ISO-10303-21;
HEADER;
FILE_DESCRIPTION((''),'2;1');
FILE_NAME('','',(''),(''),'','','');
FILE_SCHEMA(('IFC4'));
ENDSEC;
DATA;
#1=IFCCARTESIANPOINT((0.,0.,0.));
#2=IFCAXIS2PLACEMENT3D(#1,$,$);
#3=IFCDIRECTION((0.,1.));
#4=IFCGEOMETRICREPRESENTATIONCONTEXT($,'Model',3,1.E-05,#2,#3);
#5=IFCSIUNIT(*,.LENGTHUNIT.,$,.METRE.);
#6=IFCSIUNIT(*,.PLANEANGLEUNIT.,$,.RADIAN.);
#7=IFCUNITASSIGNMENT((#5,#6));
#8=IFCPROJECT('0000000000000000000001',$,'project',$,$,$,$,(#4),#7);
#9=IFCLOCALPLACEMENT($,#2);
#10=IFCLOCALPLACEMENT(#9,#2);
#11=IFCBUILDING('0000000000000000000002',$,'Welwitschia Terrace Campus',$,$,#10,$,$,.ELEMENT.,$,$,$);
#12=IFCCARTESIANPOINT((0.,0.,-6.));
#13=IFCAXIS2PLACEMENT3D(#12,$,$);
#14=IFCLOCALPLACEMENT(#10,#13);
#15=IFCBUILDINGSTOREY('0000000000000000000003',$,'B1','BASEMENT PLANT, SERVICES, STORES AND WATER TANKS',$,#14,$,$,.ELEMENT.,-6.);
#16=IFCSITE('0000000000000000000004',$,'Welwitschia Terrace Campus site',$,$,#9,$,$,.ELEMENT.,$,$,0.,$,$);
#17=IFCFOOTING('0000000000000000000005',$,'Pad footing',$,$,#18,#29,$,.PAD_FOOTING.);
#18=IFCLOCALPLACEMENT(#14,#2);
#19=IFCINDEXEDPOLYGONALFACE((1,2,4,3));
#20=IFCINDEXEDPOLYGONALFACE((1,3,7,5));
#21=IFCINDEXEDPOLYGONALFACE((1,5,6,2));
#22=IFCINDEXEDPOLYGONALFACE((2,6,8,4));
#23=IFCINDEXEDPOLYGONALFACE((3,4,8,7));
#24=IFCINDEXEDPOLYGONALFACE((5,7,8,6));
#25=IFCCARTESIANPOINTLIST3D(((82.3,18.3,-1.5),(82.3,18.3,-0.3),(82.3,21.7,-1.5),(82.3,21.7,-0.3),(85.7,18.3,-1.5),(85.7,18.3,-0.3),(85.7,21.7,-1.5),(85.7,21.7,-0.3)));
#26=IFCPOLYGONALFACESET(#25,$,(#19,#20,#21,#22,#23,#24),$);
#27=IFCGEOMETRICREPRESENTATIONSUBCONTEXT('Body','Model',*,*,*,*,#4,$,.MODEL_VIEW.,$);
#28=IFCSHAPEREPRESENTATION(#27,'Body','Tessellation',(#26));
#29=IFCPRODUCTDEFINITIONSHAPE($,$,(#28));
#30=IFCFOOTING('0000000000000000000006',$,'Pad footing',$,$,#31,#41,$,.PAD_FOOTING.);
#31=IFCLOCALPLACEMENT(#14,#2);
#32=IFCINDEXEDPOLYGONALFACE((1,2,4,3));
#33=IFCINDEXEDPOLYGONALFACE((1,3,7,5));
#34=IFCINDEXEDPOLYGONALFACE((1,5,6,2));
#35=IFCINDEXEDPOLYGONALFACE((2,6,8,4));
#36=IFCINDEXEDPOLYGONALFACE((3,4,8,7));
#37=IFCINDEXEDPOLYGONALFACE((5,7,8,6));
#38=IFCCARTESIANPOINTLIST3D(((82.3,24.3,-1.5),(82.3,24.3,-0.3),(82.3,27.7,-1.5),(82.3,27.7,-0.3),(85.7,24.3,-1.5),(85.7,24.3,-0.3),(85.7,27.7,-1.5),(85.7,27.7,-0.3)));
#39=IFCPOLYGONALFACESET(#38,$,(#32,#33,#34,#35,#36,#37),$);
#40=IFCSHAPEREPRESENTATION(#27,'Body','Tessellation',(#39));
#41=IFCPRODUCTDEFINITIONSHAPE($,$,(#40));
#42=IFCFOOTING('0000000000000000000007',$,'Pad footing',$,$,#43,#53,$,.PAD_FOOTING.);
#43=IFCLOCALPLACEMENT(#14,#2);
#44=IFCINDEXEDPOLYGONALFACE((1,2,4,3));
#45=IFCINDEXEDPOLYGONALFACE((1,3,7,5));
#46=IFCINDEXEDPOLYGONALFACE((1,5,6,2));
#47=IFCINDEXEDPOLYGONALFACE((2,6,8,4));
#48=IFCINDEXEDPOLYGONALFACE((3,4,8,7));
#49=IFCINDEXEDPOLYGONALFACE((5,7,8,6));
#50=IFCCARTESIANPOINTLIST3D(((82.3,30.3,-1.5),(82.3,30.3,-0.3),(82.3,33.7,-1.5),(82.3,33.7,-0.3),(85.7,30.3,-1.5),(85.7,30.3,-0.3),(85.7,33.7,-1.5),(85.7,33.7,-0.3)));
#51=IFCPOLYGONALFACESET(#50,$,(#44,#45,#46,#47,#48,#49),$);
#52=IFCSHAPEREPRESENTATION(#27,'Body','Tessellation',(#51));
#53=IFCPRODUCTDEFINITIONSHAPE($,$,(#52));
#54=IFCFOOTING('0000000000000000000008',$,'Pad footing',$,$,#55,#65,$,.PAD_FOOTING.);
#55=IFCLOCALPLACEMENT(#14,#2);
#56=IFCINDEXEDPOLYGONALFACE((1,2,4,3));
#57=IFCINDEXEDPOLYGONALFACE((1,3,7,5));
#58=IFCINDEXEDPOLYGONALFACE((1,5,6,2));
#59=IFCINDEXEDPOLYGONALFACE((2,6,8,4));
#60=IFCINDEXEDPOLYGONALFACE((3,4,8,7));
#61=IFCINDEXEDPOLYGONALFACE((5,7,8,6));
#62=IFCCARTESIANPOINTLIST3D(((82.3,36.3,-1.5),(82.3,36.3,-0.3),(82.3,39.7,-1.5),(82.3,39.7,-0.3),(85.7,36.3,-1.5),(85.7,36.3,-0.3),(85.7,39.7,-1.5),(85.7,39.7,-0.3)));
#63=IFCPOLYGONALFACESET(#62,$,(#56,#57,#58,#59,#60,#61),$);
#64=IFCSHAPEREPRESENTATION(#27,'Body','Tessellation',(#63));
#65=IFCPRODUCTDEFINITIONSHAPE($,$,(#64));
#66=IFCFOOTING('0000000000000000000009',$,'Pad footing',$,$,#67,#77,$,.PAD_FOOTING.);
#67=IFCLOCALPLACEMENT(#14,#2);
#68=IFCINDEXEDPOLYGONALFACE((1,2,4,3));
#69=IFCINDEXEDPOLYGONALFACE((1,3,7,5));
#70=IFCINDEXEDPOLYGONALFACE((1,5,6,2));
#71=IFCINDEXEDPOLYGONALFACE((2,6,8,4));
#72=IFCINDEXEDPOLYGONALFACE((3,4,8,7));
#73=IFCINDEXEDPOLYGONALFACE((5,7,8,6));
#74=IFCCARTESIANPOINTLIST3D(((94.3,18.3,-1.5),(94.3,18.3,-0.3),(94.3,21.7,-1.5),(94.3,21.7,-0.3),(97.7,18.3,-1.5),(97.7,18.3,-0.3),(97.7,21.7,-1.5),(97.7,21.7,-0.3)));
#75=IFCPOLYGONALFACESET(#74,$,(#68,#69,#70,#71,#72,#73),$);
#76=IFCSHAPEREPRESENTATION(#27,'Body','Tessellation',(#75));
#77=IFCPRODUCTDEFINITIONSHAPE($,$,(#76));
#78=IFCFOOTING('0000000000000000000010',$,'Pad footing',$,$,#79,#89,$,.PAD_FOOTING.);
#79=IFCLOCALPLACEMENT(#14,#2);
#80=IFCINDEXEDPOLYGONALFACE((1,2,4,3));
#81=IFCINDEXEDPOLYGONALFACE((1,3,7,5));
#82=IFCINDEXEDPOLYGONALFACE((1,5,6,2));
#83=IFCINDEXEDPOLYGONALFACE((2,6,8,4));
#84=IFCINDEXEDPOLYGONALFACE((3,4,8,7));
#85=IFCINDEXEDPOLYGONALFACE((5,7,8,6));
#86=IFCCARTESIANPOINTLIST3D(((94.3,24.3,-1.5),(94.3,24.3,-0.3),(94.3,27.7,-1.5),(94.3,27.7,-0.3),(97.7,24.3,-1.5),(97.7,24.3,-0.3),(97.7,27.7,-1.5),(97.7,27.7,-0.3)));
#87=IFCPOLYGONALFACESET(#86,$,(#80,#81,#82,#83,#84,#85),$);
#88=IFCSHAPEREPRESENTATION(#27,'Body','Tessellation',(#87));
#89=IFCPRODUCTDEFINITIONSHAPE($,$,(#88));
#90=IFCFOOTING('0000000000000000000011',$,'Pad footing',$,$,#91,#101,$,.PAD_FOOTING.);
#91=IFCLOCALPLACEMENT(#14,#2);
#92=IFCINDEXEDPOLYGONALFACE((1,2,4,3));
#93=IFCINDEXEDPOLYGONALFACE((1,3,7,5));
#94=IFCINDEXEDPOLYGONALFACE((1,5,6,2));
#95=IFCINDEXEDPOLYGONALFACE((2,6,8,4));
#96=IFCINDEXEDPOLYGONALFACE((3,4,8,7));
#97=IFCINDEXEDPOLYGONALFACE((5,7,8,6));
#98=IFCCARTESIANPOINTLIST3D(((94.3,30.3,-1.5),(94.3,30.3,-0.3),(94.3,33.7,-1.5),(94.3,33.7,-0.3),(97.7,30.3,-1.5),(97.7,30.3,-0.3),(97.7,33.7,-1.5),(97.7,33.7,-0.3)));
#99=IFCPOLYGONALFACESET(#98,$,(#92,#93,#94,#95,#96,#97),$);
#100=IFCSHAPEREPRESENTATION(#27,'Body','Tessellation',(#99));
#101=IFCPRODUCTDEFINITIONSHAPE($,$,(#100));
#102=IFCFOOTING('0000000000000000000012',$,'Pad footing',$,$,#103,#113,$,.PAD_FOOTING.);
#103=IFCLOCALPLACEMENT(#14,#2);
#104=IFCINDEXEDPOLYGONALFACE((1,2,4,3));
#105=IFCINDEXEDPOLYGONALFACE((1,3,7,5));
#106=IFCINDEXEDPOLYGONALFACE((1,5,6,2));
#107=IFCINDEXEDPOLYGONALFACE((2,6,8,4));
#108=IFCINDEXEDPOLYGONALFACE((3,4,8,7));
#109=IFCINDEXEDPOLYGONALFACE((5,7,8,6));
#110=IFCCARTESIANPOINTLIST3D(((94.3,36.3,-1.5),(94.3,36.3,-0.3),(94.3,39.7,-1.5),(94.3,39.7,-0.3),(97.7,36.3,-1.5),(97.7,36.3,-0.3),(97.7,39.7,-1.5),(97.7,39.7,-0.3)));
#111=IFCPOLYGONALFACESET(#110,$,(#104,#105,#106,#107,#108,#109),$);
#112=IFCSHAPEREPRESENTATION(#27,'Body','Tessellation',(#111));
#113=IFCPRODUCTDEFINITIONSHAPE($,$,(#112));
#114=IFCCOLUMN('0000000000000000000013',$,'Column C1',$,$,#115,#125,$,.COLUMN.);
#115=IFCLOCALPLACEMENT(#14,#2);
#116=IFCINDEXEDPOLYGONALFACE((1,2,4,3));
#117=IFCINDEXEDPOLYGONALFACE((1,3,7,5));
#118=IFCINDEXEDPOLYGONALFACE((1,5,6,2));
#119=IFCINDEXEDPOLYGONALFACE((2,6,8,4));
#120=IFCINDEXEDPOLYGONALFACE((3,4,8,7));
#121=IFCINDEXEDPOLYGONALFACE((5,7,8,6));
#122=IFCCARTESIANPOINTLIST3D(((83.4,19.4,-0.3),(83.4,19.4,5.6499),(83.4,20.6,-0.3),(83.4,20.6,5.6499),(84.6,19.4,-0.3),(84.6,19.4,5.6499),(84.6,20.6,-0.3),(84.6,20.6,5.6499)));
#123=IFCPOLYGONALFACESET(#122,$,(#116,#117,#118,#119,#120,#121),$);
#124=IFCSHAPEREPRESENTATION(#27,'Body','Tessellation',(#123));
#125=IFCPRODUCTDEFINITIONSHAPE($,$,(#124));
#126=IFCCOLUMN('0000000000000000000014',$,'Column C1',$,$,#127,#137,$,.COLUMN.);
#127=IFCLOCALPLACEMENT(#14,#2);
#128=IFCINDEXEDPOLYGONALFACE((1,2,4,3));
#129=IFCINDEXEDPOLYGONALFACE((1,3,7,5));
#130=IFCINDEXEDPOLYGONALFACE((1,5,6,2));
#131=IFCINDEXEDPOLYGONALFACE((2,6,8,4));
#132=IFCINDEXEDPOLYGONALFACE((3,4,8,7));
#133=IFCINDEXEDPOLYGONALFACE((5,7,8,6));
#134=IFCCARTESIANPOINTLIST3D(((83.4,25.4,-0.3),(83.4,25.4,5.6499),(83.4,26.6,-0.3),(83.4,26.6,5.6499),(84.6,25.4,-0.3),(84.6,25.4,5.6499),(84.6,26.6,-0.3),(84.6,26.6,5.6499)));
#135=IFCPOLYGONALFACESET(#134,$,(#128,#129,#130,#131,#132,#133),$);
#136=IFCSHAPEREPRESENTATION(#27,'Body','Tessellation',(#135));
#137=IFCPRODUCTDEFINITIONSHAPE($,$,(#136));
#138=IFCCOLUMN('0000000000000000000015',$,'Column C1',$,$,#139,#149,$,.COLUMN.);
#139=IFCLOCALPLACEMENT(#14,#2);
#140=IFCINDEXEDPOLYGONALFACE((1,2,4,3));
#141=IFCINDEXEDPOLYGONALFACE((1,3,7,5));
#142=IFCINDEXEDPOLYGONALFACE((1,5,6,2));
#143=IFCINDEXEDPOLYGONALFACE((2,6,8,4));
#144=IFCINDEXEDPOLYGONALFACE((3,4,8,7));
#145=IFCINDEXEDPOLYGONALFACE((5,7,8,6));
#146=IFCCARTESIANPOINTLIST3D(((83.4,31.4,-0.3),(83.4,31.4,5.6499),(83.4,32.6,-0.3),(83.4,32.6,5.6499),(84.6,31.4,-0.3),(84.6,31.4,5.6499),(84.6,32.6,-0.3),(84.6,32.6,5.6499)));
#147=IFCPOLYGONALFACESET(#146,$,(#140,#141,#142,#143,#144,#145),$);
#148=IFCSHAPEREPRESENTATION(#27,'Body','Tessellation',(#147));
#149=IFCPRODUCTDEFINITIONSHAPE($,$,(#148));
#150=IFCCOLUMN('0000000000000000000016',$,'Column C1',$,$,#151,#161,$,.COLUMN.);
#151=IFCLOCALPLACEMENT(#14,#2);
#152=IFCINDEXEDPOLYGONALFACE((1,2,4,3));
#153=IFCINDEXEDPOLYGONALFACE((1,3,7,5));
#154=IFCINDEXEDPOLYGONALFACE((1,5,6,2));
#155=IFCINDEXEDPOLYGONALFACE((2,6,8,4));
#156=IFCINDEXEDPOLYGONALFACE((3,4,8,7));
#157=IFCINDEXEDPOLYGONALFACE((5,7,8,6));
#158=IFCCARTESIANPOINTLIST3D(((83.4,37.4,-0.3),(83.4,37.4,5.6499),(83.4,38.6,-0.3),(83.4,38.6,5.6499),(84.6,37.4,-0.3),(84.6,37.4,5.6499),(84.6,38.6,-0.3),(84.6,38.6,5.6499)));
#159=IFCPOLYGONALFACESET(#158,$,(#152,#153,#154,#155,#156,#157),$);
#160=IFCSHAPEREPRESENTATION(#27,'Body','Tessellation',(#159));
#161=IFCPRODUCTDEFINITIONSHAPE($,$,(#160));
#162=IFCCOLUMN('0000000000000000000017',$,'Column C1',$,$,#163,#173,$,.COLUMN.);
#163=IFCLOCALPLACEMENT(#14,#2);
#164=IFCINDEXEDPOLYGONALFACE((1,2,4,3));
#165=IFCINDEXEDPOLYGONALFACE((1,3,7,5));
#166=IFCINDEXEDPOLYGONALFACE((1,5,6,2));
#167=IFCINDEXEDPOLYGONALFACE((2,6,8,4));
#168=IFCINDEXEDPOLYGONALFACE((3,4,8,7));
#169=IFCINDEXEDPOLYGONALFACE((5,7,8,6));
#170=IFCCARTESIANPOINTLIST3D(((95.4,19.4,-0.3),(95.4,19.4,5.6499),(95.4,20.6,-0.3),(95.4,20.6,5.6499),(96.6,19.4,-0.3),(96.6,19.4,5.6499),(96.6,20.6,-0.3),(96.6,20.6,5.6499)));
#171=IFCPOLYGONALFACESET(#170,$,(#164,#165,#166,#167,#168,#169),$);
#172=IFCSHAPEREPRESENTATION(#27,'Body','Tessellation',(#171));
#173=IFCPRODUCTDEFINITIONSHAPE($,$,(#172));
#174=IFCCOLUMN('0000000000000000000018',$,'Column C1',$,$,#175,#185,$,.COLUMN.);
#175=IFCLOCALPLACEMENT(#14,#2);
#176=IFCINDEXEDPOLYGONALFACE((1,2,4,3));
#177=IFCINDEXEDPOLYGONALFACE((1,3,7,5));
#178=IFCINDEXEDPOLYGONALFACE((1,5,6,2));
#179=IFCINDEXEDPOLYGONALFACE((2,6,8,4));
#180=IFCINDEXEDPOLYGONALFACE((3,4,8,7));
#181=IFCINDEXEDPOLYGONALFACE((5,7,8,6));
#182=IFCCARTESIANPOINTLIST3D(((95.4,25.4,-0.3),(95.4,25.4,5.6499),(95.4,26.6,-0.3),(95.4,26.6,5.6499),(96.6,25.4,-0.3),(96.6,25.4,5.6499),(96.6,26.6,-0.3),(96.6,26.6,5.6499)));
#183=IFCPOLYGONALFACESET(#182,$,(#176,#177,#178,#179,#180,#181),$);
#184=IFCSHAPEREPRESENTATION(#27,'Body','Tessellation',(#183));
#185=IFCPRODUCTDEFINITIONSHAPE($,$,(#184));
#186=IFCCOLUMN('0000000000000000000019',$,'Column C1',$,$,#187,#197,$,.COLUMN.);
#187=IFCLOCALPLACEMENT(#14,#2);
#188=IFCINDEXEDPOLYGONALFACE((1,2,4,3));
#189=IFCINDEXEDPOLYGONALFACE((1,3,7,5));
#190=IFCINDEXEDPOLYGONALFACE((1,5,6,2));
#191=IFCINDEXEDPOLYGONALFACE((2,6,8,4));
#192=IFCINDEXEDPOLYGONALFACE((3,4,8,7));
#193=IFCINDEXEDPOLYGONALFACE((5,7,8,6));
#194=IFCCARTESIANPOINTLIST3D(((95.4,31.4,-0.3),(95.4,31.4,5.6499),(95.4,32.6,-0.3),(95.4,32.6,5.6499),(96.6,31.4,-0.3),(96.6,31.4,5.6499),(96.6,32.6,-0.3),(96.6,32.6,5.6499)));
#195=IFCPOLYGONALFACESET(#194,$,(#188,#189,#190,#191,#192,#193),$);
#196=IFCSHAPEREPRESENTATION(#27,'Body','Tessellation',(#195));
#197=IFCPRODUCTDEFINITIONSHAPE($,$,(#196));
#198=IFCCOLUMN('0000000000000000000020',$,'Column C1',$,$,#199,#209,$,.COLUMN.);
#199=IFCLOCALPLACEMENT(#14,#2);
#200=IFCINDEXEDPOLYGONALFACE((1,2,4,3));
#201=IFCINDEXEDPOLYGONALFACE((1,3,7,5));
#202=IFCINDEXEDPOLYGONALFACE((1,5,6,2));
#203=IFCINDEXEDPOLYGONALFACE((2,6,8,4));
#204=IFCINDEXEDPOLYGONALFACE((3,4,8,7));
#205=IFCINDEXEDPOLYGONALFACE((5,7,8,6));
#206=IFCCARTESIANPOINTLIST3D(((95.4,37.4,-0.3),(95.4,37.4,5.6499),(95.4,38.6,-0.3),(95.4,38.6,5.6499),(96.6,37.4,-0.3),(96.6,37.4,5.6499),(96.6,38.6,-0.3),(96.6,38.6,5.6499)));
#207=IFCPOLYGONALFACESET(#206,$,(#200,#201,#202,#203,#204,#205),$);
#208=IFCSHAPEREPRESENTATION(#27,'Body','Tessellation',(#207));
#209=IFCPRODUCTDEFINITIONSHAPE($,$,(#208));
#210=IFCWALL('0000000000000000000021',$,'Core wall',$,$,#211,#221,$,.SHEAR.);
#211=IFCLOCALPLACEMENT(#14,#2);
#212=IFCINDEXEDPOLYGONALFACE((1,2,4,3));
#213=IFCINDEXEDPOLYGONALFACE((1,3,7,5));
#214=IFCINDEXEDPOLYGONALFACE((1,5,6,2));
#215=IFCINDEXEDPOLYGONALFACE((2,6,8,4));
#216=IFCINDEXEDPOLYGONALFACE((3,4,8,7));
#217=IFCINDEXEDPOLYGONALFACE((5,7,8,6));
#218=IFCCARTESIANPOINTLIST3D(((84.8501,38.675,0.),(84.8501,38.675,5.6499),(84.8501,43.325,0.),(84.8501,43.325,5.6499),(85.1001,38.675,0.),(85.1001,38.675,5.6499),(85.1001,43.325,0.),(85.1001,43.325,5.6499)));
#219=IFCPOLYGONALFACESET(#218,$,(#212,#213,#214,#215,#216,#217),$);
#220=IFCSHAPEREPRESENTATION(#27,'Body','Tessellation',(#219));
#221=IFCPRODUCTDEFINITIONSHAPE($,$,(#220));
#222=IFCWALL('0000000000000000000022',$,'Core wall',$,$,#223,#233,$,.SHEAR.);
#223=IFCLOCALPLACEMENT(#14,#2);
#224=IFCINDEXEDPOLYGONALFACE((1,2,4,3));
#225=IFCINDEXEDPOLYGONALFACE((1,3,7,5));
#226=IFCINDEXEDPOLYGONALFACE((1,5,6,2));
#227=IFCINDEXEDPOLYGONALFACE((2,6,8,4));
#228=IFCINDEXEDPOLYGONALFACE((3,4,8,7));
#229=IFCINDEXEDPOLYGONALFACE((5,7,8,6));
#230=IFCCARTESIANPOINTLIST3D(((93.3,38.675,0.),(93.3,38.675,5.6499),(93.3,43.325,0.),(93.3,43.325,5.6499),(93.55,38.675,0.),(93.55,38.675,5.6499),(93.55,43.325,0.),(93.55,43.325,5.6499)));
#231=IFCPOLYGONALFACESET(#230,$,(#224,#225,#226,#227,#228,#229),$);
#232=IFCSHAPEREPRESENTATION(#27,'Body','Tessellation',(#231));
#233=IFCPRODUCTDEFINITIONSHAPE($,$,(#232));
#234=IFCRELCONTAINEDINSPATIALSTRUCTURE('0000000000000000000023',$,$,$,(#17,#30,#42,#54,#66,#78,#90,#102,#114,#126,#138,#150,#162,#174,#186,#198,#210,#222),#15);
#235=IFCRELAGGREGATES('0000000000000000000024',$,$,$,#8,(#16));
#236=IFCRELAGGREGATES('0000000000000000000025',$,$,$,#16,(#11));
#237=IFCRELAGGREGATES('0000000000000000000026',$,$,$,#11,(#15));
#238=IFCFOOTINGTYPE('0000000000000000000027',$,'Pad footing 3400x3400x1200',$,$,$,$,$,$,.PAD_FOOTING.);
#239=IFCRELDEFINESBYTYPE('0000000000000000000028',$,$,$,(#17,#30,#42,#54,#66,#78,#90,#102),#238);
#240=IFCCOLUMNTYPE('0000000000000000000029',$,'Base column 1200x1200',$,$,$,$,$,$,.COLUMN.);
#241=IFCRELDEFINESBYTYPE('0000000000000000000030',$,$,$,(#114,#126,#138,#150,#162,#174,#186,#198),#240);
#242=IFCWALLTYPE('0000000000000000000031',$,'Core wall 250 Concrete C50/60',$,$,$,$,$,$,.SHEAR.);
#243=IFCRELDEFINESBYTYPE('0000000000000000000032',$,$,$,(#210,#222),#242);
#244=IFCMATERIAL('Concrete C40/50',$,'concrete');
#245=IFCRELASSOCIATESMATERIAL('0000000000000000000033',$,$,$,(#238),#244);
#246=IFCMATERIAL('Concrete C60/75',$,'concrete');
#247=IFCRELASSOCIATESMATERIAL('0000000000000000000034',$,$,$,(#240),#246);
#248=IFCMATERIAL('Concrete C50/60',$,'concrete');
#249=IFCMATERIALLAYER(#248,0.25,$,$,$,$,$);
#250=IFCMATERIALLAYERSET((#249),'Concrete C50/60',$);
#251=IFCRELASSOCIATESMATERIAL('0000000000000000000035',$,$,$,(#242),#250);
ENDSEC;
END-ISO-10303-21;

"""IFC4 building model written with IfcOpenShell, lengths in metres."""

from ifc_helpers import new_model, si_unit, direction, frame, frame_2d, origin, origin_2d, place, context, subcontext, project, spatial, rectangle, extrude, material, layer, layer_set, material_profile, profile_set, type_object, element, save


model = new_model("IFC4")

# Units and contexts
model_context = context("Model", 3, precision=1e-05, world=origin(), true_north=direction((0.0, 1.0)))
body_context = subcontext(model_context, "Body", "Model", "MODEL_VIEW")
ifc_project = project(units=[si_unit("LENGTHUNIT", "METRE"), si_unit("PLANEANGLEUNIT", "RADIAN")], contexts=[model_context])

# Site, building, storey
site_placement = place(None, origin())
site = spatial("IfcSite", under=ifc_project, at=site_placement, Name="Welwitschia Terrace Campus site", CompositionType="ELEMENT", RefElevation=0.0)
building_placement = place(site_placement, origin())
building = spatial("IfcBuilding", under=site, at=building_placement, Name="Welwitschia Terrace Campus", CompositionType="ELEMENT")
storey_placement = place(building_placement, frame((0.0, 0.0, -6.0)))
storey = spatial("IfcBuildingStorey", under=building, at=storey_placement, Name="B1", Description="BASEMENT PLANT, SERVICES, STORES AND WATER TANKS", CompositionType="ELEMENT", Elevation=-6.0)

# Footings
ifc_material_1 = material(Name="Concrete C40/50", Category="concrete")
footing_type = type_object("IfcFootingType", Name="Pad footing 3400x3400x1200", PredefinedType="PAD_FOOTING", material=ifc_material_1)
for number, where, z_axis, x_axis, name in (
    (1, (84.0, 20.0, -1.5), (0.0, 0.0, 1.0), (1.0, 0.0, 0.0), "Pad footing"),
    (2, (84.0, 26.0, -1.5), (0.0, 0.0, 1.0), (1.0, 0.0, 0.0), "Pad footing"),
    (3, (84.0, 32.0, -1.5), (0.0, 0.0, 1.0), (1.0, 0.0, 0.0), "Pad footing"),
    (4, (84.0, 38.0, -1.5), (0.0, 0.0, 1.0), (1.0, 0.0, 0.0), "Pad footing"),
    (5, (96.0, 20.0, -1.5), (0.0, 0.0, 1.0), (1.0, 0.0, 0.0), "Pad footing"),
    (6, (96.0, 26.0, -1.5), (0.0, 0.0, 1.0), (1.0, 0.0, 0.0), "Pad footing"),
    (7, (96.0, 32.0, -1.5), (0.0, 0.0, 1.0), (1.0, 0.0, 0.0), "Pad footing"),
    (8, (96.0, 38.0, -1.5), (0.0, 0.0, 1.0), (1.0, 0.0, 0.0), "Pad footing"),
):
    element("IfcFooting", number, at=place(storey_placement, frame(where, z_axis=z_axis, x_axis=x_axis)), inside=storey, type_object=footing_type, Name=name, PredefinedType="PAD_FOOTING", context=body_context, shape_type="SweptSolid", body=[
        extrude(rectangle(XDim=3.3999, YDim=3.3999, at=origin_2d()), origin(), (0.0, 0.0, 1.0), 1.2),
    ])

# Columns
ifc_material_2 = material(Name="Concrete C60/75", Category="concrete")
ifc_material_profile = material_profile(ifc_material_2, rectangle(XDim=1.2, YDim=1.2, at=origin_2d()))
ifc_profile_set = profile_set([ifc_material_profile], Name="Concrete C60/75")
column_type = type_object("IfcColumnType", Name="Base column 1200x1200", PredefinedType="COLUMN", material=ifc_profile_set)
for number, where, z_axis, x_axis, name in (
    (9, (84.0, 20.0, -0.3), (0.0, 0.0, 1.0), (1.0, 0.0, 0.0), "Column C1"),
    (10, (84.0, 26.0, -0.3), (0.0, 0.0, 1.0), (1.0, 0.0, 0.0), "Column C1"),
    (11, (84.0, 32.0, -0.3), (0.0, 0.0, 1.0), (1.0, 0.0, 0.0), "Column C1"),
    (12, (84.0, 38.0, -0.3), (0.0, 0.0, 1.0), (1.0, 0.0, 0.0), "Column C1"),
    (13, (96.0, 20.0, -0.3), (0.0, 0.0, 1.0), (1.0, 0.0, 0.0), "Column C1"),
    (14, (96.0, 26.0, -0.3), (0.0, 0.0, 1.0), (1.0, 0.0, 0.0), "Column C1"),
    (15, (96.0, 32.0, -0.3), (0.0, 0.0, 1.0), (1.0, 0.0, 0.0), "Column C1"),
    (16, (96.0, 38.0, -0.3), (0.0, 0.0, 1.0), (1.0, 0.0, 0.0), "Column C1"),
):
    element("IfcColumn", number, at=place(storey_placement, frame(where, z_axis=z_axis, x_axis=x_axis)), inside=storey, type_object=column_type, Name=name, PredefinedType="COLUMN", context=body_context, shape_type="SweptSolid", body=[
        extrude(rectangle(XDim=1.2, YDim=1.2, at=origin_2d()), origin(), (0.0, 0.0, 1.0), 5.95),
    ])

# Walls
ifc_material_3 = material(Name="Concrete C50/60", Category="concrete")
ifc_layer_1 = layer(ifc_material_3, 0.25)
ifc_layer_set_1 = layer_set([ifc_layer_1], Name="Concrete C50/60")
wall_type_1 = type_object("IfcWallType", Name="Core wall 250 Concrete C50/60", PredefinedType="SHEAR", material=ifc_layer_set_1)
for number, where, z_axis, x_axis, name in (
    (17, (84.9751, 38.675, 0.0), (0.0, 0.0, 1.0), (0.0, 1.0, 0.0), "Core wall"),
    (18, (93.425, 43.325, 0.0), (0.0, 0.0, 1.0), (0.0, -1.0, 0.0), "Core wall"),
):
    element("IfcWall", number, at=place(storey_placement, frame(where, z_axis=z_axis, x_axis=x_axis)), inside=storey, type_object=wall_type_1, Name=name, PredefinedType="SHEAR", context=body_context, shape_type="SweptSolid", body=[
        extrude(rectangle(XDim=4.6499, YDim=0.25, at=frame_2d((2.325, 0.0))), origin(), (0.0, 0.0, 1.0), 5.6499),
    ])

save(model, "model.ifc")
